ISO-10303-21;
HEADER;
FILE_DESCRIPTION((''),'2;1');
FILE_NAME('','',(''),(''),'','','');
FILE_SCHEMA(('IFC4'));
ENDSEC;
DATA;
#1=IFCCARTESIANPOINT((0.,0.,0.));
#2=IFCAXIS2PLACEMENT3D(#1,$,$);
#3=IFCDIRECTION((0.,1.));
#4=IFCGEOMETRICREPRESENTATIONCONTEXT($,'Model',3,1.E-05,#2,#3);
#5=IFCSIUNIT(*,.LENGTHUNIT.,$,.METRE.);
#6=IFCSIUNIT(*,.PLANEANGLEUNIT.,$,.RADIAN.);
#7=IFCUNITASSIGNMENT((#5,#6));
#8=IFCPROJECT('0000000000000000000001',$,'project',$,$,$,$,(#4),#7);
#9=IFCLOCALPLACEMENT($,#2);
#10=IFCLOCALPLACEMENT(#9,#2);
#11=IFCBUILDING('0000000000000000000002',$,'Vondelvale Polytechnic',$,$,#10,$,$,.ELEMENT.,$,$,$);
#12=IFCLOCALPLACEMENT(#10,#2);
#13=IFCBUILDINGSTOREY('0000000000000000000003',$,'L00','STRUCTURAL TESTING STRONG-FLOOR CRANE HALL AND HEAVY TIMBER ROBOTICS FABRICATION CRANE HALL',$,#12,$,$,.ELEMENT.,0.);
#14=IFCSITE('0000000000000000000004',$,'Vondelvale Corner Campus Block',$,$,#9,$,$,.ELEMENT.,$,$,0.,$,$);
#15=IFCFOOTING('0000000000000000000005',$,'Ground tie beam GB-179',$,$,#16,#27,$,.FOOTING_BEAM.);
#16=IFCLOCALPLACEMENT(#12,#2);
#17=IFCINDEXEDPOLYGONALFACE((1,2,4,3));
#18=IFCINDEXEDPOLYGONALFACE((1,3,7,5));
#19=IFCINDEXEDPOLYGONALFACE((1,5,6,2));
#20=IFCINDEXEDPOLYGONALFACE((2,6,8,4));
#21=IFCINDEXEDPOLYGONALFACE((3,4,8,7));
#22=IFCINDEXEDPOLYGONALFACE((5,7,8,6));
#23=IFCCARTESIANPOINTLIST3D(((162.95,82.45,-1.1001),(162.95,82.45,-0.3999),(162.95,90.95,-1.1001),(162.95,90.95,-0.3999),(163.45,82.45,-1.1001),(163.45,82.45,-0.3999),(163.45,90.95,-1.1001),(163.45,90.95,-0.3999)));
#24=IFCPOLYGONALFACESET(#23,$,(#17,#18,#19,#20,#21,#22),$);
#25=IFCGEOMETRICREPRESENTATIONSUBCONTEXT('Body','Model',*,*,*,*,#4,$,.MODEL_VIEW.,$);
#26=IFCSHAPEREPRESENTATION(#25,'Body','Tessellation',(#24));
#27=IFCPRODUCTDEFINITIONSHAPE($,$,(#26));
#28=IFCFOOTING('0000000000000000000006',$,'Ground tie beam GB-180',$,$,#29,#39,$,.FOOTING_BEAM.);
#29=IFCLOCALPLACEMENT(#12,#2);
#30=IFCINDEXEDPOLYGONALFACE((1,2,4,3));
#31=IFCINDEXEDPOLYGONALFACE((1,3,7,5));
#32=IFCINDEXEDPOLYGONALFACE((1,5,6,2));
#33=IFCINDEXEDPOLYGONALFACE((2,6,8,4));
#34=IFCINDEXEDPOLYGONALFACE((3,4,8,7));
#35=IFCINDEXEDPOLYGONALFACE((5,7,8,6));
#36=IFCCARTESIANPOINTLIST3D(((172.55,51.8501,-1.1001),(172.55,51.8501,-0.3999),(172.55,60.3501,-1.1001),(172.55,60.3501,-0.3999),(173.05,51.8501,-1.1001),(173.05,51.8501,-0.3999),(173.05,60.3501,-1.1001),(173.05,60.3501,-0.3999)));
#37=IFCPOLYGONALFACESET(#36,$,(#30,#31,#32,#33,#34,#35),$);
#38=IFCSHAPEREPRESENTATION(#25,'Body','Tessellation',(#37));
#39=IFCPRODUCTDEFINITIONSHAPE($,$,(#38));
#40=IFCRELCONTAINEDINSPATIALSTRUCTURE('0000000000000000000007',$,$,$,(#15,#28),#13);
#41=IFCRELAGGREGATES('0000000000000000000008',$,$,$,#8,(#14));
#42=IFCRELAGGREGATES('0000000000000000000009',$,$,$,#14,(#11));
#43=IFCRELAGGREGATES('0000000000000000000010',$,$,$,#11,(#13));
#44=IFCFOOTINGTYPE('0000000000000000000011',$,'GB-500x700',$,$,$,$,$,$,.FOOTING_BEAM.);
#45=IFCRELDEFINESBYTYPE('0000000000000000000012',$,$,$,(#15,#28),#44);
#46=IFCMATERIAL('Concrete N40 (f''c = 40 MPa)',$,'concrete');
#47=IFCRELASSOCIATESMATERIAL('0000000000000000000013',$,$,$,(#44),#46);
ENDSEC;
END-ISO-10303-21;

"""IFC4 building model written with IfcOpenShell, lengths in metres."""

from ifc_helpers import new_model, si_unit, direction, frame, origin, place, context, subcontext, project, spatial, polyline, outline, extrude, material, type_object, element, save


model = new_model("IFC4")

# Units and contexts
model_context = context("Model", 3, precision=1e-05, world=origin(), true_north=direction((0.0, 1.0)))
body_context = subcontext(model_context, "Body", "Model", "MODEL_VIEW")
ifc_project = project(units=[si_unit("LENGTHUNIT", "METRE"), si_unit("PLANEANGLEUNIT", "RADIAN")], contexts=[model_context])

# Site, building, storey
site_placement = place(None, origin())
site = spatial("IfcSite", under=ifc_project, at=site_placement, Name="Vondelvale Corner Campus Block", CompositionType="ELEMENT", RefElevation=0.0)
building_placement = place(site_placement, origin())
building = spatial("IfcBuilding", under=site, at=building_placement, Name="Vondelvale Polytechnic", CompositionType="ELEMENT")
storey_placement = place(building_placement, origin())
storey = spatial("IfcBuildingStorey", under=building, at=storey_placement, Name="L00", Description="STRUCTURAL TESTING STRONG-FLOOR CRANE HALL AND HEAVY TIMBER ROBOTICS FABRICATION CRANE HALL", CompositionType="ELEMENT", Elevation=0.0)

# Footings
ifc_material = material(Name="Concrete N40 (f'c = 40 MPa)", Category="concrete")
footing_type_1 = type_object("IfcFootingType", Name="GB-500x700", PredefinedType="FOOTING_BEAM", material=ifc_material)
footing_1_placement = place(storey_placement, frame((0.0, 0.0, -1.1001)))
element("IfcFooting", 1, at=footing_1_placement, inside=storey, type_object=footing_type_1, Name="Ground tie beam GB-179", PredefinedType="FOOTING_BEAM", context=body_context, shape_type="SweptSolid", body=[
    extrude(outline(polyline([(163.45, 82.45), (162.95, 82.45), (162.95, 90.95), (163.45, 90.95), (163.45, 82.45)])), origin(), (0.0, 0.0, 1.0), 0.7002),
])
footing_2_placement = place(storey_placement, frame((0.0, 0.0, -1.1001)))
element("IfcFooting", 2, at=footing_2_placement, inside=storey, type_object=footing_type_1, Name="Ground tie beam GB-180", PredefinedType="FOOTING_BEAM", context=body_context, shape_type="SweptSolid", body=[
    extrude(outline(polyline([(173.05, 51.8501), (172.55, 51.8501), (172.55, 60.3501), (173.05, 60.3501), (173.05, 51.8501)])), origin(), (0.0, 0.0, 1.0), 0.7002),
])

save(model, "model.ifc")
